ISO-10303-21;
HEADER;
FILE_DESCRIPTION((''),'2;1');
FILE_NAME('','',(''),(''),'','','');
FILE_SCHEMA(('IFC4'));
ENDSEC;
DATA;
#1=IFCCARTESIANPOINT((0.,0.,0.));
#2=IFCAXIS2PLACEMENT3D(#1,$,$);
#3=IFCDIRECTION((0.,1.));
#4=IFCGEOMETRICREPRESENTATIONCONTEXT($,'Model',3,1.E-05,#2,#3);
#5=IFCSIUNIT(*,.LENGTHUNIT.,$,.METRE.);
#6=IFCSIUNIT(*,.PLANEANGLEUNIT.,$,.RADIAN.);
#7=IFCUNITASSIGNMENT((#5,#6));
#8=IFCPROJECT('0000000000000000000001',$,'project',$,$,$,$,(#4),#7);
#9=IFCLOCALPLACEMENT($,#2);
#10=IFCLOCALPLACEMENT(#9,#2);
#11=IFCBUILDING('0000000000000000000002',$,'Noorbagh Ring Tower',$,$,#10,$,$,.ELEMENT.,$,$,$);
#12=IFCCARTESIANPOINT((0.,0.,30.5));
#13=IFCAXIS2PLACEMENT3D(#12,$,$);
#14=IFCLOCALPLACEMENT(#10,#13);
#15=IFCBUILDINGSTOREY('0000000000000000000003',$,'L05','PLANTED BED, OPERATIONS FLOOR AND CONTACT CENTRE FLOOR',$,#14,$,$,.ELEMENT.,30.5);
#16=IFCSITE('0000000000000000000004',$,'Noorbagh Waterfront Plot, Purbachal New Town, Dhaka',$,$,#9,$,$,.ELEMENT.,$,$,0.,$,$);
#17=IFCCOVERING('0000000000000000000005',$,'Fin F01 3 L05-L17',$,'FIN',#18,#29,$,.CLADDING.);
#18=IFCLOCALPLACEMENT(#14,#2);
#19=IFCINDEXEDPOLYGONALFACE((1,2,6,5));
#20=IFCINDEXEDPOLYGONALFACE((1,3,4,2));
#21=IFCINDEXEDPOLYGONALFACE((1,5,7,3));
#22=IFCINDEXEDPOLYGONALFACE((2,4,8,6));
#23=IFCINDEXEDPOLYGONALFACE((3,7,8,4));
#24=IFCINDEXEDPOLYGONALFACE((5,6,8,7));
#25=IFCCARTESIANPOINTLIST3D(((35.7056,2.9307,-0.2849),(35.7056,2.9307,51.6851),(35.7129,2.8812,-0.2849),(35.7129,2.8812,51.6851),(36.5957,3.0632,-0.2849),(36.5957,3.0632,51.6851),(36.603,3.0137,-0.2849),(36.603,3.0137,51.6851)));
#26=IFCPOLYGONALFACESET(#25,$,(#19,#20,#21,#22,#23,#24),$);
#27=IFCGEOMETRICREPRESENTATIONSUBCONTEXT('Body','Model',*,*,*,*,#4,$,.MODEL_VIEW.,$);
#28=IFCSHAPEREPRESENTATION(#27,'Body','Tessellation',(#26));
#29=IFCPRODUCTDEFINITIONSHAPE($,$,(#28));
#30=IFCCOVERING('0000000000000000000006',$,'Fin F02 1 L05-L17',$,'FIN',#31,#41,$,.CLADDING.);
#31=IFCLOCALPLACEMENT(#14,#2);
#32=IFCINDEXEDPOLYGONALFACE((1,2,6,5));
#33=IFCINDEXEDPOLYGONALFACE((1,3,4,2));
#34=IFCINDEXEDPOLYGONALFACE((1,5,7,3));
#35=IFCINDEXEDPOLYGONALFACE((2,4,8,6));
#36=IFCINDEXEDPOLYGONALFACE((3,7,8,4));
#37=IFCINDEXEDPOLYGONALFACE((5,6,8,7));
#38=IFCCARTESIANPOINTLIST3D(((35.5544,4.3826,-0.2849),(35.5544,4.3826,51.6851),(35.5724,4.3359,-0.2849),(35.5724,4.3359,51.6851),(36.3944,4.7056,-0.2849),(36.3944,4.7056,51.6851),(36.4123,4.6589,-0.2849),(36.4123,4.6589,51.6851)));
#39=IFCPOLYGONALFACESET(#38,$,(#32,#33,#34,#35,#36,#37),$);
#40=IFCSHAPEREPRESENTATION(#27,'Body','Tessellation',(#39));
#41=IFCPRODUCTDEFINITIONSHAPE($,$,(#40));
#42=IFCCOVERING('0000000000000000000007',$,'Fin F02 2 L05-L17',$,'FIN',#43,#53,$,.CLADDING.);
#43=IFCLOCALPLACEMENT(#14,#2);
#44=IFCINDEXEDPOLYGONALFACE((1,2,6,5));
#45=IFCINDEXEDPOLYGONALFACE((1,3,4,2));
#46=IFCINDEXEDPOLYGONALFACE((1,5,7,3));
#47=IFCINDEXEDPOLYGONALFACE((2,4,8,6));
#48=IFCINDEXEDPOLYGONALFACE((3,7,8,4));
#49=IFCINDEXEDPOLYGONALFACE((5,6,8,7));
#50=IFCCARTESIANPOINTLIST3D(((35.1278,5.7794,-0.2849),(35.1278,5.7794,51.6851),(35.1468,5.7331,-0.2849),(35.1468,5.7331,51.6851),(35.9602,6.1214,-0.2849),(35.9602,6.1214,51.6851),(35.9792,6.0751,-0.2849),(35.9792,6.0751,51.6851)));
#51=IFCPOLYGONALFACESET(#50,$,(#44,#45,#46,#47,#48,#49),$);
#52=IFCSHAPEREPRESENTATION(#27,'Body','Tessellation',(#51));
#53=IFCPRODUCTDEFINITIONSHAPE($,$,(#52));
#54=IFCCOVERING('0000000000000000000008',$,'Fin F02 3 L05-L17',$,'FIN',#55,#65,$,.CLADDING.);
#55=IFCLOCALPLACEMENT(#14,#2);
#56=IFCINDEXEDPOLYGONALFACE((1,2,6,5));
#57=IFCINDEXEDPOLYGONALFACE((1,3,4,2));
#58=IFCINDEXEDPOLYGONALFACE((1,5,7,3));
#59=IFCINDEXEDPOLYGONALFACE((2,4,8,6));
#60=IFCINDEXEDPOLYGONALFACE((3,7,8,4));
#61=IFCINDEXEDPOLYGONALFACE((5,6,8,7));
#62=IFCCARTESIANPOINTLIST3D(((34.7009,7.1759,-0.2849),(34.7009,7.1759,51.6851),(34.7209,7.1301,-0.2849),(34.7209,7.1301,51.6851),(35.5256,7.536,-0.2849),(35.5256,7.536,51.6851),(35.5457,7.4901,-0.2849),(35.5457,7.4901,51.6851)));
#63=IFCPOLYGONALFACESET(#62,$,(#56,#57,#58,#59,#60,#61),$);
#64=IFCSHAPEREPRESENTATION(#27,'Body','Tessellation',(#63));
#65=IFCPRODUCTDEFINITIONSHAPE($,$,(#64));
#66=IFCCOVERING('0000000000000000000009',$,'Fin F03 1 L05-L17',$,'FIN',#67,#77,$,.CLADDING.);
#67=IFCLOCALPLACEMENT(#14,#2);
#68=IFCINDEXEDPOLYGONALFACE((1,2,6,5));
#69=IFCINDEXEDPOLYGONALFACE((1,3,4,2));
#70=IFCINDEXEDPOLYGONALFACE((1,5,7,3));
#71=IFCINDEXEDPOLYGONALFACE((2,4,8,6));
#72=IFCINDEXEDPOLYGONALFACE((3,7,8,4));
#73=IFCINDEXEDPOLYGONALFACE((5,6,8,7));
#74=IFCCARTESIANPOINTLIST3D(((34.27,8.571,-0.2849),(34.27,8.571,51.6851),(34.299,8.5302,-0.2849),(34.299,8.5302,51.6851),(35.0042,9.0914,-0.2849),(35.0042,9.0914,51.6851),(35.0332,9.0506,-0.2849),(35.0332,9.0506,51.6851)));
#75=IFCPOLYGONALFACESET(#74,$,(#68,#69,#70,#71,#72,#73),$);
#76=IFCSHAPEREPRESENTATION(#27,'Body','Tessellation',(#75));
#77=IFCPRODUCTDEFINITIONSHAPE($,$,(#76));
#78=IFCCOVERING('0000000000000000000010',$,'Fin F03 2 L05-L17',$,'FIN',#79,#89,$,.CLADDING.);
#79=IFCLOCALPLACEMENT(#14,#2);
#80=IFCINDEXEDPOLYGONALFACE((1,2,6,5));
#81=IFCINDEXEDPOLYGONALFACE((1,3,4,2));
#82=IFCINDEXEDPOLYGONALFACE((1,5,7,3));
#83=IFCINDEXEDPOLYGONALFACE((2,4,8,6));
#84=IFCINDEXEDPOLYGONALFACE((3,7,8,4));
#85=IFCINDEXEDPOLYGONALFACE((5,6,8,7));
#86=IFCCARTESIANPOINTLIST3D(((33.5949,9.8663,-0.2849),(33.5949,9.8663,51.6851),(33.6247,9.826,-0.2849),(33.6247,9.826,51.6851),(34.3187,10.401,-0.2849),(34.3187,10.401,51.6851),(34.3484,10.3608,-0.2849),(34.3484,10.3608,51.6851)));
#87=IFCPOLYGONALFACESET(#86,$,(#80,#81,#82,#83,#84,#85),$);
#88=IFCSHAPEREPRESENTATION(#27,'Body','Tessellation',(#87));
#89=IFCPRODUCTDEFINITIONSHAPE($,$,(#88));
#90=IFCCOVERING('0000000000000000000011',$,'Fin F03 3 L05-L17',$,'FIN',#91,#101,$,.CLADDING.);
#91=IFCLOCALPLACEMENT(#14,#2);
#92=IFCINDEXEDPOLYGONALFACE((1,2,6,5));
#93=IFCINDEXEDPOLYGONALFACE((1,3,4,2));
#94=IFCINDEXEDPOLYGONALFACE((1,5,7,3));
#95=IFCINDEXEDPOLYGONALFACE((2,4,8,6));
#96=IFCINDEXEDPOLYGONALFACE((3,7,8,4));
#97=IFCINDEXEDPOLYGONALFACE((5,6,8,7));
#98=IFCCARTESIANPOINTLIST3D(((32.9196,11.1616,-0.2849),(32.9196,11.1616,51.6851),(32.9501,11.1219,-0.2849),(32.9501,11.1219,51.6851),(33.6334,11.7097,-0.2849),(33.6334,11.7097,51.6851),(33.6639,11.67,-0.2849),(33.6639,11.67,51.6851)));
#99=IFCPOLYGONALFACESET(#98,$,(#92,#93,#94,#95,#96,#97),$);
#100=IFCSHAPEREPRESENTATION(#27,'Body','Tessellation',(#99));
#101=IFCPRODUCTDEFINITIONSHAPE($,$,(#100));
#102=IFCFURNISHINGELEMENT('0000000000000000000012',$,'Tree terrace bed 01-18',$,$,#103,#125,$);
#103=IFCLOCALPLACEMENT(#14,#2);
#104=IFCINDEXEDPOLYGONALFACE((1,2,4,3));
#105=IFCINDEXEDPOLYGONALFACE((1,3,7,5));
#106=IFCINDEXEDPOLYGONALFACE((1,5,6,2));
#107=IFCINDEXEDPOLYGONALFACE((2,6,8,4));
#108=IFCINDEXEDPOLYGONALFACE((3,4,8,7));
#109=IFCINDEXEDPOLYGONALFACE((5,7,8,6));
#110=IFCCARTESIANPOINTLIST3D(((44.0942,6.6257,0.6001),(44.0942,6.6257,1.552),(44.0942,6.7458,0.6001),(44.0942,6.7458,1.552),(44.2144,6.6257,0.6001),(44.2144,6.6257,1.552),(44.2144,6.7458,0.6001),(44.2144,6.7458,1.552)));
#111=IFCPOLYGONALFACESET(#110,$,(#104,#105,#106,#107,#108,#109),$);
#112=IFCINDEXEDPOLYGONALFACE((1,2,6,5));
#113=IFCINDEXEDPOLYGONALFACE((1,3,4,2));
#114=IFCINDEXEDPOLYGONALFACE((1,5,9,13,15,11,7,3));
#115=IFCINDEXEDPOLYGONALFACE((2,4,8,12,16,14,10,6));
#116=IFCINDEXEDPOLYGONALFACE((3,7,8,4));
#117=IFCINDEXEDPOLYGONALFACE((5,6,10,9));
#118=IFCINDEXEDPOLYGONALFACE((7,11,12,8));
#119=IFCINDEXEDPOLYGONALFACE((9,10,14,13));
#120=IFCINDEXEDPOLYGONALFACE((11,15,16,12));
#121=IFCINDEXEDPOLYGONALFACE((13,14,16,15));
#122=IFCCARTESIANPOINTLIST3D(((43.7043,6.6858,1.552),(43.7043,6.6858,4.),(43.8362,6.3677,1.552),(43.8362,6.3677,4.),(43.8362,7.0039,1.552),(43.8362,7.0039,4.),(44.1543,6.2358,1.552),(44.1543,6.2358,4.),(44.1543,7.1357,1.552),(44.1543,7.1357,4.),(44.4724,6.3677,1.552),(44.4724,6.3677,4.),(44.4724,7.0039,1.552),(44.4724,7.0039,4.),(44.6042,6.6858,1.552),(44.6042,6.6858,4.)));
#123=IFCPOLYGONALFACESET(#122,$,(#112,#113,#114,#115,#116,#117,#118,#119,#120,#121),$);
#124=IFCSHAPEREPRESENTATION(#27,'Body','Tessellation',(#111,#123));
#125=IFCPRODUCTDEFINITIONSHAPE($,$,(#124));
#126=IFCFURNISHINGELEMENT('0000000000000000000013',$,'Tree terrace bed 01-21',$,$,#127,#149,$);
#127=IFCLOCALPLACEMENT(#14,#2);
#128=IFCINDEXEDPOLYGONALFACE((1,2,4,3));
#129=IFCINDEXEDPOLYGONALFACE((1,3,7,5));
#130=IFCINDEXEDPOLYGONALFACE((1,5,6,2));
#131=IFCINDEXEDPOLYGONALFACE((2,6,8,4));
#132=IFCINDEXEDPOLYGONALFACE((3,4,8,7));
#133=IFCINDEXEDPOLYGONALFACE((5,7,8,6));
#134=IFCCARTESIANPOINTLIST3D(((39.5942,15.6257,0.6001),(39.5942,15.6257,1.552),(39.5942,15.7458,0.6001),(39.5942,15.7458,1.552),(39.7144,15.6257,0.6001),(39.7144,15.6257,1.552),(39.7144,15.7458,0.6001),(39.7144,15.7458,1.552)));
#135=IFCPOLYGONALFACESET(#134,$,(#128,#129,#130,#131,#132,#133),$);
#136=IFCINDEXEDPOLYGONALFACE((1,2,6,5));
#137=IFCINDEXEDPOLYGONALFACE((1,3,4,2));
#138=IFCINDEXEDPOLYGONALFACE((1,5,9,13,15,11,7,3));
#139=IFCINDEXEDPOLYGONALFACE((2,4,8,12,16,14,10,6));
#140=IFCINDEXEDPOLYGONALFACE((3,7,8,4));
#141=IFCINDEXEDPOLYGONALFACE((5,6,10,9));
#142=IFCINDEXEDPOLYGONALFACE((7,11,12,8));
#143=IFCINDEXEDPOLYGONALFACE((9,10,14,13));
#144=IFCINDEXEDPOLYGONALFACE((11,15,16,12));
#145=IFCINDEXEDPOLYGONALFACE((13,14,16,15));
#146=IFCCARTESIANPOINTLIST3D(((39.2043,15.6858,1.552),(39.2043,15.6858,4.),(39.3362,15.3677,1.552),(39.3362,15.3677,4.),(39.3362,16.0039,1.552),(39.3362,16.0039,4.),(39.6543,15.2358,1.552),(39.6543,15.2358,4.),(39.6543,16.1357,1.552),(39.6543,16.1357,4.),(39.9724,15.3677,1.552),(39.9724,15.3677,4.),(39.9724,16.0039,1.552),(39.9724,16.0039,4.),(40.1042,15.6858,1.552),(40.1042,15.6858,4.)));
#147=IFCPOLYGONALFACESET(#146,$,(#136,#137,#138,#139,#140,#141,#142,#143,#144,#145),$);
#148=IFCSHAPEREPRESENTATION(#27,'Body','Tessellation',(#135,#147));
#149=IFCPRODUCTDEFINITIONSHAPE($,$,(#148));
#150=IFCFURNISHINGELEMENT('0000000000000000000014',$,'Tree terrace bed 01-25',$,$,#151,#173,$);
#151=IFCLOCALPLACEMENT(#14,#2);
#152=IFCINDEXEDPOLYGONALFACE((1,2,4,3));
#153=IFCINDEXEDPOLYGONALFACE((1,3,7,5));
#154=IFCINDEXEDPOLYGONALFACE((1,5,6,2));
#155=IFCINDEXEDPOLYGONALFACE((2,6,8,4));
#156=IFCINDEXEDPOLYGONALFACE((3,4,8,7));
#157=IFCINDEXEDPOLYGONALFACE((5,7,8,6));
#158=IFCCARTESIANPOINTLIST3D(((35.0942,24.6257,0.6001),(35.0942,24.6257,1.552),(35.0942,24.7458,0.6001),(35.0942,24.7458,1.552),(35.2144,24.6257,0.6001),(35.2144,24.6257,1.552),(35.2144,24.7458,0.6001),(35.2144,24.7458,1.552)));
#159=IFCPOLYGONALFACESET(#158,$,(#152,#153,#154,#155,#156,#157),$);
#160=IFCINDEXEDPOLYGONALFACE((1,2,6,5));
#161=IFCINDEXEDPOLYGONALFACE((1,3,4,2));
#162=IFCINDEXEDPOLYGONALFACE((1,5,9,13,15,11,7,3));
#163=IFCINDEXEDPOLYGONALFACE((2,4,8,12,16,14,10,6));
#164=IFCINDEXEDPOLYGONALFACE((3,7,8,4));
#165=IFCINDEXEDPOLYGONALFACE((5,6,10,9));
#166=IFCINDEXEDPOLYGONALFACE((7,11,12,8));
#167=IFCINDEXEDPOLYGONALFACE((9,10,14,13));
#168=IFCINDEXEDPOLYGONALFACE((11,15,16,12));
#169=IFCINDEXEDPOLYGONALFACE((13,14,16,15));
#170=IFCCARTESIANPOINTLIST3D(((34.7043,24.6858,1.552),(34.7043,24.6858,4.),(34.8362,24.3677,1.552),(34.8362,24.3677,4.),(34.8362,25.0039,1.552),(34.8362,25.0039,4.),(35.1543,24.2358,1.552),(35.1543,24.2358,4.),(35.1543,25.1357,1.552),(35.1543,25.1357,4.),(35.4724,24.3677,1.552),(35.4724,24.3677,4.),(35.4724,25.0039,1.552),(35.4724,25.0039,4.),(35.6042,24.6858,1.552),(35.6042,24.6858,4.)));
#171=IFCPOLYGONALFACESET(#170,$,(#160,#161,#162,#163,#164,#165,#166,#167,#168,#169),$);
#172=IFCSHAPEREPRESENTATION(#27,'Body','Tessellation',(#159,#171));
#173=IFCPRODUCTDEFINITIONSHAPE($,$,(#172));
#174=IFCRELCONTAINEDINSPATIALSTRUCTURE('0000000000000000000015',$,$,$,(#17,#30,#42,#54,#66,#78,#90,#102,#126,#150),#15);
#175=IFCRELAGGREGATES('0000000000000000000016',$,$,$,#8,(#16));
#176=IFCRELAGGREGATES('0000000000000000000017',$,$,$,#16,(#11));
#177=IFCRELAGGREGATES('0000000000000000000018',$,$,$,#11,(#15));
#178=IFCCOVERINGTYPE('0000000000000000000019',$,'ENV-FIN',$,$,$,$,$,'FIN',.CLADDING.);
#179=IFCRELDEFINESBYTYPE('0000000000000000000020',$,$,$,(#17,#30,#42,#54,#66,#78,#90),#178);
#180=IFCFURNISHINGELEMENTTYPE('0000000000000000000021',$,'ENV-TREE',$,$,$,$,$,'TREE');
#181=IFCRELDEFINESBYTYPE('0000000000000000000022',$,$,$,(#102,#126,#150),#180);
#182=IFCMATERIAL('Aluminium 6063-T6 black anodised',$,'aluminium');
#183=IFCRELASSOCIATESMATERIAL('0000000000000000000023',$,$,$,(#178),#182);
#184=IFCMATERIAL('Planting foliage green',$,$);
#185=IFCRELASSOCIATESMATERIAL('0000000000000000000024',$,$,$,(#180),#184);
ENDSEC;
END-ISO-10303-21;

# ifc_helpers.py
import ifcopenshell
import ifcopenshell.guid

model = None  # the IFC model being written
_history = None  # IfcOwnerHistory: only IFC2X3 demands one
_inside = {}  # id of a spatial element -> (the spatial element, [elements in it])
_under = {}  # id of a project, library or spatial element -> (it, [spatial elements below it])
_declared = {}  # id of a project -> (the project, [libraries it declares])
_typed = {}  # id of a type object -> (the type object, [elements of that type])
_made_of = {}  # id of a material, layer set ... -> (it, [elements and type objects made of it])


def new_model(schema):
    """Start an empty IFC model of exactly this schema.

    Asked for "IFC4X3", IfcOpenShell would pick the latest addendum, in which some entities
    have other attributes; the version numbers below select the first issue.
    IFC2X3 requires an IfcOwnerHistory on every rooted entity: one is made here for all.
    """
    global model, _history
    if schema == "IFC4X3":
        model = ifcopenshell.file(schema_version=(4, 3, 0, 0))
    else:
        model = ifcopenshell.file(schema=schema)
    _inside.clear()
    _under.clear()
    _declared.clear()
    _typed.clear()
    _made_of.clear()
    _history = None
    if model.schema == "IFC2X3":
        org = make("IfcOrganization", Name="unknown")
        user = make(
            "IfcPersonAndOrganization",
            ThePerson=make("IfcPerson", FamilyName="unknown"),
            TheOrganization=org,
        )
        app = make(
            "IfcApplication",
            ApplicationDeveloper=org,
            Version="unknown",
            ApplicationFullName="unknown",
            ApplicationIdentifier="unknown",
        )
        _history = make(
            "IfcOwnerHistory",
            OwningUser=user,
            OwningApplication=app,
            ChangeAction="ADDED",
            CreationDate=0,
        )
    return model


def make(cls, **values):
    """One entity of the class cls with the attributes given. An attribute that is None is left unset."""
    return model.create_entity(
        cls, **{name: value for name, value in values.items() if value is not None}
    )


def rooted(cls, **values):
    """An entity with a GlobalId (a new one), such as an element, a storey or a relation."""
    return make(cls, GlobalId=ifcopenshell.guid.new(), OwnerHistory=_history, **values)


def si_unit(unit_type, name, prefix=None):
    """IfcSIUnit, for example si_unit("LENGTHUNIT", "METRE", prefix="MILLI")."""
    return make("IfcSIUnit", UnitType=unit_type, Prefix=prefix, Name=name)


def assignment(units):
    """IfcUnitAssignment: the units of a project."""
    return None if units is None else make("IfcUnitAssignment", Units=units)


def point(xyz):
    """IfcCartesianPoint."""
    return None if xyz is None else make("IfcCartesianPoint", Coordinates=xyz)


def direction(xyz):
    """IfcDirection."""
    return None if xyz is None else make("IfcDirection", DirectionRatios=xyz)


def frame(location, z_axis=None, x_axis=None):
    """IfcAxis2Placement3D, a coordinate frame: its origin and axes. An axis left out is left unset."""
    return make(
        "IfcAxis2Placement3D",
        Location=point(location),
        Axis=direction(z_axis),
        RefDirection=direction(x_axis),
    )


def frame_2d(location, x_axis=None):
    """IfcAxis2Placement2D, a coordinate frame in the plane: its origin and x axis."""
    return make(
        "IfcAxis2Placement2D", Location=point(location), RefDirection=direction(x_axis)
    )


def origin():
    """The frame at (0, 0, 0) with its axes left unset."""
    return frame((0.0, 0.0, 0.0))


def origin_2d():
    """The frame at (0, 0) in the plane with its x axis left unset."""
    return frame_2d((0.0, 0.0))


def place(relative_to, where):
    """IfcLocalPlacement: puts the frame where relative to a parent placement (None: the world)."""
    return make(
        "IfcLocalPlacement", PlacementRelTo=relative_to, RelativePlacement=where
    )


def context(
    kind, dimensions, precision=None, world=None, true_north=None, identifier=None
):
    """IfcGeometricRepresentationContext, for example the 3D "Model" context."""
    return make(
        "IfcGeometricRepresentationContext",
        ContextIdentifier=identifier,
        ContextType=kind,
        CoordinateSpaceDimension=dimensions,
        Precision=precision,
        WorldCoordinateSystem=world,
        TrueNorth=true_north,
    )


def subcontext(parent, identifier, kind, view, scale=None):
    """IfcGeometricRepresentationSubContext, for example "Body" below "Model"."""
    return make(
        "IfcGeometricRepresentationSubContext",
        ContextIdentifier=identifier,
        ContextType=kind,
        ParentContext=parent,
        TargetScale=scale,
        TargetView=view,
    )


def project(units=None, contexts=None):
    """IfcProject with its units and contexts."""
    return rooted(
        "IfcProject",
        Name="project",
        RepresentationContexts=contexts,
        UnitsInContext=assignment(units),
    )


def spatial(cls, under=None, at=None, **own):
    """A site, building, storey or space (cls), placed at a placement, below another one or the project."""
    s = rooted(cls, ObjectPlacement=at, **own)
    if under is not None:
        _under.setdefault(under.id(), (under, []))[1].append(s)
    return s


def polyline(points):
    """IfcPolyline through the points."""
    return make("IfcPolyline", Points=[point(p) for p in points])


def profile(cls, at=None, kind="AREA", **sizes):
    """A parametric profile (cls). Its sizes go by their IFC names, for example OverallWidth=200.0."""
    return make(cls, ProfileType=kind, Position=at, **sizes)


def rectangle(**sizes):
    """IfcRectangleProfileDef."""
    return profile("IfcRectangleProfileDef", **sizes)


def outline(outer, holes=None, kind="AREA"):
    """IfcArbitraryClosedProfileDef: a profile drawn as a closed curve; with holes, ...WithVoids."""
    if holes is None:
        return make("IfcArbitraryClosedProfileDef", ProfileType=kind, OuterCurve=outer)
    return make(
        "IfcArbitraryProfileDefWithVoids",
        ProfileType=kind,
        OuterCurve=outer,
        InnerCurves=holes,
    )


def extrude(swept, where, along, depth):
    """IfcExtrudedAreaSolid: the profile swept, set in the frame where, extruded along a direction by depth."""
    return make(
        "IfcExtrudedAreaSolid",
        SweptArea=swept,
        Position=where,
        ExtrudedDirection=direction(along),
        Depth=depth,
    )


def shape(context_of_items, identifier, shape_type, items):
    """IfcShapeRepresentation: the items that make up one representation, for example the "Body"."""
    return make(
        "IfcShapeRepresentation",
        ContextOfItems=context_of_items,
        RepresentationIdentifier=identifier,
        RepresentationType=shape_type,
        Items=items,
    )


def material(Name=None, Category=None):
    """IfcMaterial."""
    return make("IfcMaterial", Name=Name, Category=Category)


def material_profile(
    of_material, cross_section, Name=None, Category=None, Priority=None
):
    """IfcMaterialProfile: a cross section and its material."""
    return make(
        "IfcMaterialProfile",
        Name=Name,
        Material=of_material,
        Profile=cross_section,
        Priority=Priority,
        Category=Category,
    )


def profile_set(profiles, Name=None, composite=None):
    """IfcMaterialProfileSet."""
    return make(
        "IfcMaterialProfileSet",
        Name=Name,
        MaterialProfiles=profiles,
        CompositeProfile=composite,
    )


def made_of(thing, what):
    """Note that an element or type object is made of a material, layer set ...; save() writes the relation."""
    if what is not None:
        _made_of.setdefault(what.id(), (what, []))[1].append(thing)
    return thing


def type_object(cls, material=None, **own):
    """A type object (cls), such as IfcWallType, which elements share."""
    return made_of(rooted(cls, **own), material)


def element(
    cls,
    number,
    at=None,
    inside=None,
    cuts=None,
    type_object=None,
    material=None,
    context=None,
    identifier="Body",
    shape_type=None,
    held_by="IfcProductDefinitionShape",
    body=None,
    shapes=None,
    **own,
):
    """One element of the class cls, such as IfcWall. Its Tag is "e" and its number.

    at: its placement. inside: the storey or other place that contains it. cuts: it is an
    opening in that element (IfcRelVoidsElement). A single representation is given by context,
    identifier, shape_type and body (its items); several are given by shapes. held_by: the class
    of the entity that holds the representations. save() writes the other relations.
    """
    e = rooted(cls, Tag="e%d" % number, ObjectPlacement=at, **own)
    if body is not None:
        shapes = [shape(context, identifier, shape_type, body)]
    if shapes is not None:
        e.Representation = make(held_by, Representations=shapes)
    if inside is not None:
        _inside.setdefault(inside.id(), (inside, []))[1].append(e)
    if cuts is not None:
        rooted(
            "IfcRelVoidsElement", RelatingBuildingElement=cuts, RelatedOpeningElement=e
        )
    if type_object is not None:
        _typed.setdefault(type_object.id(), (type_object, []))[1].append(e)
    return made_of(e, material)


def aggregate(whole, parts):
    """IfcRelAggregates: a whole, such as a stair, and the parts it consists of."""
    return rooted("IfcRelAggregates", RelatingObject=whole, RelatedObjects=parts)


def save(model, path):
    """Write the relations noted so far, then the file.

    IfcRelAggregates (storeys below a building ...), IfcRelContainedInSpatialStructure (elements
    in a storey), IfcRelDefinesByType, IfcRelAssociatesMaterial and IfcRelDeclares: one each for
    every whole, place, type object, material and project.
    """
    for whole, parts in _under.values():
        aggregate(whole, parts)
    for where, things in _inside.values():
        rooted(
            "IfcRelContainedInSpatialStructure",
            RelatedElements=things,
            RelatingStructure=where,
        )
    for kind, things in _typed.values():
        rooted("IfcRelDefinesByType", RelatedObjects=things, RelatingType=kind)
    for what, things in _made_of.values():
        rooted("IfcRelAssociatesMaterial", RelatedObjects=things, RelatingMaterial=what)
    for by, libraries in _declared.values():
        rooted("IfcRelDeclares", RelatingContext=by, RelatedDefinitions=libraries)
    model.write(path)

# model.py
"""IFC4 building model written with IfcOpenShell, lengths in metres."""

from ifc_helpers import new_model, si_unit, direction, frame, origin, origin_2d, place, context, subcontext, project, spatial, polyline, rectangle, outline, extrude, material, material_profile, profile_set, type_object, element, save


model = new_model("IFC4")

# Units and contexts
model_context = context("Model", 3, precision=1e-05, world=origin(), true_north=direction((0.0, 1.0)))
body_context = subcontext(model_context, "Body", "Model", "MODEL_VIEW")
ifc_project = project(units=[si_unit("LENGTHUNIT", "METRE"), si_unit("PLANEANGLEUNIT", "RADIAN")], contexts=[model_context])

# Site, building, storey
site_placement = place(None, origin())
site = spatial("IfcSite", under=ifc_project, at=site_placement, Name="Noorbagh Waterfront Plot, Purbachal New Town, Dhaka", CompositionType="ELEMENT", RefElevation=0.0)
building_placement = place(site_placement, origin())
building = spatial("IfcBuilding", under=site, at=building_placement, Name="Noorbagh Ring Tower", CompositionType="ELEMENT")
storey_placement = place(building_placement, frame((0.0, 0.0, 30.5)))
storey = spatial("IfcBuildingStorey", under=building, at=storey_placement, Name="L05", Description="PLANTED BED, OPERATIONS FLOOR AND CONTACT CENTRE FLOOR", CompositionType="ELEMENT", Elevation=30.5)

# Coverings
ifc_material_1 = material(Name="Aluminium 6063-T6 black anodised", Category="aluminium")
ifc_material_profile_1 = material_profile(ifc_material_1, rectangle(XDim=0.8999, YDim=0.05, at=origin_2d()), Name="900x50")
ifc_profile_set_1 = profile_set([ifc_material_profile_1], Name="Aluminium 6063-T6 black anodised")
covering_type = type_object("IfcCoveringType", Name="ENV-FIN", ElementType="FIN", PredefinedType="CLADDING", material=ifc_profile_set_1)
for number, where, z_axis, x_axis, name in (
    (1, (36.1543, 2.9722, -0.2849), (0.0, 0.0, 1.0), (0.989103, 0.147226, 0.0), "Fin F01 3 L05-L17"),
    (2, (35.9834, 4.5208, -0.2849), (0.0, 0.0, 1.0), (0.933362, 0.358936, 0.0), "Fin F02 1 L05-L17"),
    (3, (35.5535, 5.9272, -0.2849), (0.0, 0.0, 1.0), (0.925001, 0.379965, 0.0), "Fin F02 2 L05-L17"),
    (4, (35.1233, 7.333, -0.2849), (0.0, 0.0, 1.0), (0.916475, 0.400092, 0.0), "Fin F02 3 L05-L17"),
    (5, (34.6516, 8.8108, -0.2849), (0.0, 0.0, 1.0), (0.815855, 0.578256, 0.0), "Fin F03 1 L05-L17"),
    (6, (33.9717, 10.1135, -0.2849), (0.0, 0.0, 1.0), (0.80426, 0.594277, 0.0), "Fin F03 2 L05-L17"),
    (7, (33.2917, 11.4158, -0.2849), (0.0, 0.0, 1.0), (0.793138, 0.609043, 0.0), "Fin F03 3 L05-L17"),
):
    element("IfcCovering", number, at=place(storey_placement, frame(where, z_axis=z_axis, x_axis=x_axis)), inside=storey, type_object=covering_type, Name=name, ObjectType="FIN", PredefinedType="CLADDING", context=body_context, shape_type="SweptSolid", body=[
        extrude(rectangle(XDim=0.8999, YDim=0.05, at=origin_2d()), origin(), (0.0, 0.0, 1.0), 51.97),
    ])

# Furnishing elements
ifc_material_2 = material(Name="Planting foliage green")
furnishing_element_type = type_object("IfcFurnishingElementType", Name="ENV-TREE", ElementType="TREE", material=ifc_material_2)
for number, where, z_axis, x_axis, name in (
    (8, (44.1543, 6.6858, 0.6001), (0.0, 0.0, 1.0), (1.0, 0.0, 0.0), "Tree terrace bed 01-18"),
    (9, (39.6543, 15.6858, 0.6001), (0.0, 0.0, 1.0), (1.0, 0.0, 0.0), "Tree terrace bed 01-21"),
    (10, (35.1543, 24.6858, 0.6001), (0.0, 0.0, 1.0), (1.0, 0.0, 0.0), "Tree terrace bed 01-25"),
):
    element("IfcFurnishingElement", number, at=place(storey_placement, frame(where, z_axis=z_axis, x_axis=x_axis)), inside=storey, type_object=furnishing_element_type, Name=name, context=body_context, shape_type="SweptSolid", body=[
        extrude(rectangle(XDim=0.1201, YDim=0.1201, at=origin_2d()), origin(), (0.0, 0.0, 1.0), 0.9519),
        extrude(outline(polyline([(0.45, 0.0), (0.3181, 0.3181), (0.0, 0.45), (-0.3181, 0.3181), (-0.45, 0.0), (-0.3181, -0.3181), (0.0, -0.45), (0.3181, -0.3181), (0.45, 0.0)])), frame((0.0, 0.0, 0.9519)), (0.0, 0.0, 1.0), 2.448),
    ])

save(model, "model.ifc")
